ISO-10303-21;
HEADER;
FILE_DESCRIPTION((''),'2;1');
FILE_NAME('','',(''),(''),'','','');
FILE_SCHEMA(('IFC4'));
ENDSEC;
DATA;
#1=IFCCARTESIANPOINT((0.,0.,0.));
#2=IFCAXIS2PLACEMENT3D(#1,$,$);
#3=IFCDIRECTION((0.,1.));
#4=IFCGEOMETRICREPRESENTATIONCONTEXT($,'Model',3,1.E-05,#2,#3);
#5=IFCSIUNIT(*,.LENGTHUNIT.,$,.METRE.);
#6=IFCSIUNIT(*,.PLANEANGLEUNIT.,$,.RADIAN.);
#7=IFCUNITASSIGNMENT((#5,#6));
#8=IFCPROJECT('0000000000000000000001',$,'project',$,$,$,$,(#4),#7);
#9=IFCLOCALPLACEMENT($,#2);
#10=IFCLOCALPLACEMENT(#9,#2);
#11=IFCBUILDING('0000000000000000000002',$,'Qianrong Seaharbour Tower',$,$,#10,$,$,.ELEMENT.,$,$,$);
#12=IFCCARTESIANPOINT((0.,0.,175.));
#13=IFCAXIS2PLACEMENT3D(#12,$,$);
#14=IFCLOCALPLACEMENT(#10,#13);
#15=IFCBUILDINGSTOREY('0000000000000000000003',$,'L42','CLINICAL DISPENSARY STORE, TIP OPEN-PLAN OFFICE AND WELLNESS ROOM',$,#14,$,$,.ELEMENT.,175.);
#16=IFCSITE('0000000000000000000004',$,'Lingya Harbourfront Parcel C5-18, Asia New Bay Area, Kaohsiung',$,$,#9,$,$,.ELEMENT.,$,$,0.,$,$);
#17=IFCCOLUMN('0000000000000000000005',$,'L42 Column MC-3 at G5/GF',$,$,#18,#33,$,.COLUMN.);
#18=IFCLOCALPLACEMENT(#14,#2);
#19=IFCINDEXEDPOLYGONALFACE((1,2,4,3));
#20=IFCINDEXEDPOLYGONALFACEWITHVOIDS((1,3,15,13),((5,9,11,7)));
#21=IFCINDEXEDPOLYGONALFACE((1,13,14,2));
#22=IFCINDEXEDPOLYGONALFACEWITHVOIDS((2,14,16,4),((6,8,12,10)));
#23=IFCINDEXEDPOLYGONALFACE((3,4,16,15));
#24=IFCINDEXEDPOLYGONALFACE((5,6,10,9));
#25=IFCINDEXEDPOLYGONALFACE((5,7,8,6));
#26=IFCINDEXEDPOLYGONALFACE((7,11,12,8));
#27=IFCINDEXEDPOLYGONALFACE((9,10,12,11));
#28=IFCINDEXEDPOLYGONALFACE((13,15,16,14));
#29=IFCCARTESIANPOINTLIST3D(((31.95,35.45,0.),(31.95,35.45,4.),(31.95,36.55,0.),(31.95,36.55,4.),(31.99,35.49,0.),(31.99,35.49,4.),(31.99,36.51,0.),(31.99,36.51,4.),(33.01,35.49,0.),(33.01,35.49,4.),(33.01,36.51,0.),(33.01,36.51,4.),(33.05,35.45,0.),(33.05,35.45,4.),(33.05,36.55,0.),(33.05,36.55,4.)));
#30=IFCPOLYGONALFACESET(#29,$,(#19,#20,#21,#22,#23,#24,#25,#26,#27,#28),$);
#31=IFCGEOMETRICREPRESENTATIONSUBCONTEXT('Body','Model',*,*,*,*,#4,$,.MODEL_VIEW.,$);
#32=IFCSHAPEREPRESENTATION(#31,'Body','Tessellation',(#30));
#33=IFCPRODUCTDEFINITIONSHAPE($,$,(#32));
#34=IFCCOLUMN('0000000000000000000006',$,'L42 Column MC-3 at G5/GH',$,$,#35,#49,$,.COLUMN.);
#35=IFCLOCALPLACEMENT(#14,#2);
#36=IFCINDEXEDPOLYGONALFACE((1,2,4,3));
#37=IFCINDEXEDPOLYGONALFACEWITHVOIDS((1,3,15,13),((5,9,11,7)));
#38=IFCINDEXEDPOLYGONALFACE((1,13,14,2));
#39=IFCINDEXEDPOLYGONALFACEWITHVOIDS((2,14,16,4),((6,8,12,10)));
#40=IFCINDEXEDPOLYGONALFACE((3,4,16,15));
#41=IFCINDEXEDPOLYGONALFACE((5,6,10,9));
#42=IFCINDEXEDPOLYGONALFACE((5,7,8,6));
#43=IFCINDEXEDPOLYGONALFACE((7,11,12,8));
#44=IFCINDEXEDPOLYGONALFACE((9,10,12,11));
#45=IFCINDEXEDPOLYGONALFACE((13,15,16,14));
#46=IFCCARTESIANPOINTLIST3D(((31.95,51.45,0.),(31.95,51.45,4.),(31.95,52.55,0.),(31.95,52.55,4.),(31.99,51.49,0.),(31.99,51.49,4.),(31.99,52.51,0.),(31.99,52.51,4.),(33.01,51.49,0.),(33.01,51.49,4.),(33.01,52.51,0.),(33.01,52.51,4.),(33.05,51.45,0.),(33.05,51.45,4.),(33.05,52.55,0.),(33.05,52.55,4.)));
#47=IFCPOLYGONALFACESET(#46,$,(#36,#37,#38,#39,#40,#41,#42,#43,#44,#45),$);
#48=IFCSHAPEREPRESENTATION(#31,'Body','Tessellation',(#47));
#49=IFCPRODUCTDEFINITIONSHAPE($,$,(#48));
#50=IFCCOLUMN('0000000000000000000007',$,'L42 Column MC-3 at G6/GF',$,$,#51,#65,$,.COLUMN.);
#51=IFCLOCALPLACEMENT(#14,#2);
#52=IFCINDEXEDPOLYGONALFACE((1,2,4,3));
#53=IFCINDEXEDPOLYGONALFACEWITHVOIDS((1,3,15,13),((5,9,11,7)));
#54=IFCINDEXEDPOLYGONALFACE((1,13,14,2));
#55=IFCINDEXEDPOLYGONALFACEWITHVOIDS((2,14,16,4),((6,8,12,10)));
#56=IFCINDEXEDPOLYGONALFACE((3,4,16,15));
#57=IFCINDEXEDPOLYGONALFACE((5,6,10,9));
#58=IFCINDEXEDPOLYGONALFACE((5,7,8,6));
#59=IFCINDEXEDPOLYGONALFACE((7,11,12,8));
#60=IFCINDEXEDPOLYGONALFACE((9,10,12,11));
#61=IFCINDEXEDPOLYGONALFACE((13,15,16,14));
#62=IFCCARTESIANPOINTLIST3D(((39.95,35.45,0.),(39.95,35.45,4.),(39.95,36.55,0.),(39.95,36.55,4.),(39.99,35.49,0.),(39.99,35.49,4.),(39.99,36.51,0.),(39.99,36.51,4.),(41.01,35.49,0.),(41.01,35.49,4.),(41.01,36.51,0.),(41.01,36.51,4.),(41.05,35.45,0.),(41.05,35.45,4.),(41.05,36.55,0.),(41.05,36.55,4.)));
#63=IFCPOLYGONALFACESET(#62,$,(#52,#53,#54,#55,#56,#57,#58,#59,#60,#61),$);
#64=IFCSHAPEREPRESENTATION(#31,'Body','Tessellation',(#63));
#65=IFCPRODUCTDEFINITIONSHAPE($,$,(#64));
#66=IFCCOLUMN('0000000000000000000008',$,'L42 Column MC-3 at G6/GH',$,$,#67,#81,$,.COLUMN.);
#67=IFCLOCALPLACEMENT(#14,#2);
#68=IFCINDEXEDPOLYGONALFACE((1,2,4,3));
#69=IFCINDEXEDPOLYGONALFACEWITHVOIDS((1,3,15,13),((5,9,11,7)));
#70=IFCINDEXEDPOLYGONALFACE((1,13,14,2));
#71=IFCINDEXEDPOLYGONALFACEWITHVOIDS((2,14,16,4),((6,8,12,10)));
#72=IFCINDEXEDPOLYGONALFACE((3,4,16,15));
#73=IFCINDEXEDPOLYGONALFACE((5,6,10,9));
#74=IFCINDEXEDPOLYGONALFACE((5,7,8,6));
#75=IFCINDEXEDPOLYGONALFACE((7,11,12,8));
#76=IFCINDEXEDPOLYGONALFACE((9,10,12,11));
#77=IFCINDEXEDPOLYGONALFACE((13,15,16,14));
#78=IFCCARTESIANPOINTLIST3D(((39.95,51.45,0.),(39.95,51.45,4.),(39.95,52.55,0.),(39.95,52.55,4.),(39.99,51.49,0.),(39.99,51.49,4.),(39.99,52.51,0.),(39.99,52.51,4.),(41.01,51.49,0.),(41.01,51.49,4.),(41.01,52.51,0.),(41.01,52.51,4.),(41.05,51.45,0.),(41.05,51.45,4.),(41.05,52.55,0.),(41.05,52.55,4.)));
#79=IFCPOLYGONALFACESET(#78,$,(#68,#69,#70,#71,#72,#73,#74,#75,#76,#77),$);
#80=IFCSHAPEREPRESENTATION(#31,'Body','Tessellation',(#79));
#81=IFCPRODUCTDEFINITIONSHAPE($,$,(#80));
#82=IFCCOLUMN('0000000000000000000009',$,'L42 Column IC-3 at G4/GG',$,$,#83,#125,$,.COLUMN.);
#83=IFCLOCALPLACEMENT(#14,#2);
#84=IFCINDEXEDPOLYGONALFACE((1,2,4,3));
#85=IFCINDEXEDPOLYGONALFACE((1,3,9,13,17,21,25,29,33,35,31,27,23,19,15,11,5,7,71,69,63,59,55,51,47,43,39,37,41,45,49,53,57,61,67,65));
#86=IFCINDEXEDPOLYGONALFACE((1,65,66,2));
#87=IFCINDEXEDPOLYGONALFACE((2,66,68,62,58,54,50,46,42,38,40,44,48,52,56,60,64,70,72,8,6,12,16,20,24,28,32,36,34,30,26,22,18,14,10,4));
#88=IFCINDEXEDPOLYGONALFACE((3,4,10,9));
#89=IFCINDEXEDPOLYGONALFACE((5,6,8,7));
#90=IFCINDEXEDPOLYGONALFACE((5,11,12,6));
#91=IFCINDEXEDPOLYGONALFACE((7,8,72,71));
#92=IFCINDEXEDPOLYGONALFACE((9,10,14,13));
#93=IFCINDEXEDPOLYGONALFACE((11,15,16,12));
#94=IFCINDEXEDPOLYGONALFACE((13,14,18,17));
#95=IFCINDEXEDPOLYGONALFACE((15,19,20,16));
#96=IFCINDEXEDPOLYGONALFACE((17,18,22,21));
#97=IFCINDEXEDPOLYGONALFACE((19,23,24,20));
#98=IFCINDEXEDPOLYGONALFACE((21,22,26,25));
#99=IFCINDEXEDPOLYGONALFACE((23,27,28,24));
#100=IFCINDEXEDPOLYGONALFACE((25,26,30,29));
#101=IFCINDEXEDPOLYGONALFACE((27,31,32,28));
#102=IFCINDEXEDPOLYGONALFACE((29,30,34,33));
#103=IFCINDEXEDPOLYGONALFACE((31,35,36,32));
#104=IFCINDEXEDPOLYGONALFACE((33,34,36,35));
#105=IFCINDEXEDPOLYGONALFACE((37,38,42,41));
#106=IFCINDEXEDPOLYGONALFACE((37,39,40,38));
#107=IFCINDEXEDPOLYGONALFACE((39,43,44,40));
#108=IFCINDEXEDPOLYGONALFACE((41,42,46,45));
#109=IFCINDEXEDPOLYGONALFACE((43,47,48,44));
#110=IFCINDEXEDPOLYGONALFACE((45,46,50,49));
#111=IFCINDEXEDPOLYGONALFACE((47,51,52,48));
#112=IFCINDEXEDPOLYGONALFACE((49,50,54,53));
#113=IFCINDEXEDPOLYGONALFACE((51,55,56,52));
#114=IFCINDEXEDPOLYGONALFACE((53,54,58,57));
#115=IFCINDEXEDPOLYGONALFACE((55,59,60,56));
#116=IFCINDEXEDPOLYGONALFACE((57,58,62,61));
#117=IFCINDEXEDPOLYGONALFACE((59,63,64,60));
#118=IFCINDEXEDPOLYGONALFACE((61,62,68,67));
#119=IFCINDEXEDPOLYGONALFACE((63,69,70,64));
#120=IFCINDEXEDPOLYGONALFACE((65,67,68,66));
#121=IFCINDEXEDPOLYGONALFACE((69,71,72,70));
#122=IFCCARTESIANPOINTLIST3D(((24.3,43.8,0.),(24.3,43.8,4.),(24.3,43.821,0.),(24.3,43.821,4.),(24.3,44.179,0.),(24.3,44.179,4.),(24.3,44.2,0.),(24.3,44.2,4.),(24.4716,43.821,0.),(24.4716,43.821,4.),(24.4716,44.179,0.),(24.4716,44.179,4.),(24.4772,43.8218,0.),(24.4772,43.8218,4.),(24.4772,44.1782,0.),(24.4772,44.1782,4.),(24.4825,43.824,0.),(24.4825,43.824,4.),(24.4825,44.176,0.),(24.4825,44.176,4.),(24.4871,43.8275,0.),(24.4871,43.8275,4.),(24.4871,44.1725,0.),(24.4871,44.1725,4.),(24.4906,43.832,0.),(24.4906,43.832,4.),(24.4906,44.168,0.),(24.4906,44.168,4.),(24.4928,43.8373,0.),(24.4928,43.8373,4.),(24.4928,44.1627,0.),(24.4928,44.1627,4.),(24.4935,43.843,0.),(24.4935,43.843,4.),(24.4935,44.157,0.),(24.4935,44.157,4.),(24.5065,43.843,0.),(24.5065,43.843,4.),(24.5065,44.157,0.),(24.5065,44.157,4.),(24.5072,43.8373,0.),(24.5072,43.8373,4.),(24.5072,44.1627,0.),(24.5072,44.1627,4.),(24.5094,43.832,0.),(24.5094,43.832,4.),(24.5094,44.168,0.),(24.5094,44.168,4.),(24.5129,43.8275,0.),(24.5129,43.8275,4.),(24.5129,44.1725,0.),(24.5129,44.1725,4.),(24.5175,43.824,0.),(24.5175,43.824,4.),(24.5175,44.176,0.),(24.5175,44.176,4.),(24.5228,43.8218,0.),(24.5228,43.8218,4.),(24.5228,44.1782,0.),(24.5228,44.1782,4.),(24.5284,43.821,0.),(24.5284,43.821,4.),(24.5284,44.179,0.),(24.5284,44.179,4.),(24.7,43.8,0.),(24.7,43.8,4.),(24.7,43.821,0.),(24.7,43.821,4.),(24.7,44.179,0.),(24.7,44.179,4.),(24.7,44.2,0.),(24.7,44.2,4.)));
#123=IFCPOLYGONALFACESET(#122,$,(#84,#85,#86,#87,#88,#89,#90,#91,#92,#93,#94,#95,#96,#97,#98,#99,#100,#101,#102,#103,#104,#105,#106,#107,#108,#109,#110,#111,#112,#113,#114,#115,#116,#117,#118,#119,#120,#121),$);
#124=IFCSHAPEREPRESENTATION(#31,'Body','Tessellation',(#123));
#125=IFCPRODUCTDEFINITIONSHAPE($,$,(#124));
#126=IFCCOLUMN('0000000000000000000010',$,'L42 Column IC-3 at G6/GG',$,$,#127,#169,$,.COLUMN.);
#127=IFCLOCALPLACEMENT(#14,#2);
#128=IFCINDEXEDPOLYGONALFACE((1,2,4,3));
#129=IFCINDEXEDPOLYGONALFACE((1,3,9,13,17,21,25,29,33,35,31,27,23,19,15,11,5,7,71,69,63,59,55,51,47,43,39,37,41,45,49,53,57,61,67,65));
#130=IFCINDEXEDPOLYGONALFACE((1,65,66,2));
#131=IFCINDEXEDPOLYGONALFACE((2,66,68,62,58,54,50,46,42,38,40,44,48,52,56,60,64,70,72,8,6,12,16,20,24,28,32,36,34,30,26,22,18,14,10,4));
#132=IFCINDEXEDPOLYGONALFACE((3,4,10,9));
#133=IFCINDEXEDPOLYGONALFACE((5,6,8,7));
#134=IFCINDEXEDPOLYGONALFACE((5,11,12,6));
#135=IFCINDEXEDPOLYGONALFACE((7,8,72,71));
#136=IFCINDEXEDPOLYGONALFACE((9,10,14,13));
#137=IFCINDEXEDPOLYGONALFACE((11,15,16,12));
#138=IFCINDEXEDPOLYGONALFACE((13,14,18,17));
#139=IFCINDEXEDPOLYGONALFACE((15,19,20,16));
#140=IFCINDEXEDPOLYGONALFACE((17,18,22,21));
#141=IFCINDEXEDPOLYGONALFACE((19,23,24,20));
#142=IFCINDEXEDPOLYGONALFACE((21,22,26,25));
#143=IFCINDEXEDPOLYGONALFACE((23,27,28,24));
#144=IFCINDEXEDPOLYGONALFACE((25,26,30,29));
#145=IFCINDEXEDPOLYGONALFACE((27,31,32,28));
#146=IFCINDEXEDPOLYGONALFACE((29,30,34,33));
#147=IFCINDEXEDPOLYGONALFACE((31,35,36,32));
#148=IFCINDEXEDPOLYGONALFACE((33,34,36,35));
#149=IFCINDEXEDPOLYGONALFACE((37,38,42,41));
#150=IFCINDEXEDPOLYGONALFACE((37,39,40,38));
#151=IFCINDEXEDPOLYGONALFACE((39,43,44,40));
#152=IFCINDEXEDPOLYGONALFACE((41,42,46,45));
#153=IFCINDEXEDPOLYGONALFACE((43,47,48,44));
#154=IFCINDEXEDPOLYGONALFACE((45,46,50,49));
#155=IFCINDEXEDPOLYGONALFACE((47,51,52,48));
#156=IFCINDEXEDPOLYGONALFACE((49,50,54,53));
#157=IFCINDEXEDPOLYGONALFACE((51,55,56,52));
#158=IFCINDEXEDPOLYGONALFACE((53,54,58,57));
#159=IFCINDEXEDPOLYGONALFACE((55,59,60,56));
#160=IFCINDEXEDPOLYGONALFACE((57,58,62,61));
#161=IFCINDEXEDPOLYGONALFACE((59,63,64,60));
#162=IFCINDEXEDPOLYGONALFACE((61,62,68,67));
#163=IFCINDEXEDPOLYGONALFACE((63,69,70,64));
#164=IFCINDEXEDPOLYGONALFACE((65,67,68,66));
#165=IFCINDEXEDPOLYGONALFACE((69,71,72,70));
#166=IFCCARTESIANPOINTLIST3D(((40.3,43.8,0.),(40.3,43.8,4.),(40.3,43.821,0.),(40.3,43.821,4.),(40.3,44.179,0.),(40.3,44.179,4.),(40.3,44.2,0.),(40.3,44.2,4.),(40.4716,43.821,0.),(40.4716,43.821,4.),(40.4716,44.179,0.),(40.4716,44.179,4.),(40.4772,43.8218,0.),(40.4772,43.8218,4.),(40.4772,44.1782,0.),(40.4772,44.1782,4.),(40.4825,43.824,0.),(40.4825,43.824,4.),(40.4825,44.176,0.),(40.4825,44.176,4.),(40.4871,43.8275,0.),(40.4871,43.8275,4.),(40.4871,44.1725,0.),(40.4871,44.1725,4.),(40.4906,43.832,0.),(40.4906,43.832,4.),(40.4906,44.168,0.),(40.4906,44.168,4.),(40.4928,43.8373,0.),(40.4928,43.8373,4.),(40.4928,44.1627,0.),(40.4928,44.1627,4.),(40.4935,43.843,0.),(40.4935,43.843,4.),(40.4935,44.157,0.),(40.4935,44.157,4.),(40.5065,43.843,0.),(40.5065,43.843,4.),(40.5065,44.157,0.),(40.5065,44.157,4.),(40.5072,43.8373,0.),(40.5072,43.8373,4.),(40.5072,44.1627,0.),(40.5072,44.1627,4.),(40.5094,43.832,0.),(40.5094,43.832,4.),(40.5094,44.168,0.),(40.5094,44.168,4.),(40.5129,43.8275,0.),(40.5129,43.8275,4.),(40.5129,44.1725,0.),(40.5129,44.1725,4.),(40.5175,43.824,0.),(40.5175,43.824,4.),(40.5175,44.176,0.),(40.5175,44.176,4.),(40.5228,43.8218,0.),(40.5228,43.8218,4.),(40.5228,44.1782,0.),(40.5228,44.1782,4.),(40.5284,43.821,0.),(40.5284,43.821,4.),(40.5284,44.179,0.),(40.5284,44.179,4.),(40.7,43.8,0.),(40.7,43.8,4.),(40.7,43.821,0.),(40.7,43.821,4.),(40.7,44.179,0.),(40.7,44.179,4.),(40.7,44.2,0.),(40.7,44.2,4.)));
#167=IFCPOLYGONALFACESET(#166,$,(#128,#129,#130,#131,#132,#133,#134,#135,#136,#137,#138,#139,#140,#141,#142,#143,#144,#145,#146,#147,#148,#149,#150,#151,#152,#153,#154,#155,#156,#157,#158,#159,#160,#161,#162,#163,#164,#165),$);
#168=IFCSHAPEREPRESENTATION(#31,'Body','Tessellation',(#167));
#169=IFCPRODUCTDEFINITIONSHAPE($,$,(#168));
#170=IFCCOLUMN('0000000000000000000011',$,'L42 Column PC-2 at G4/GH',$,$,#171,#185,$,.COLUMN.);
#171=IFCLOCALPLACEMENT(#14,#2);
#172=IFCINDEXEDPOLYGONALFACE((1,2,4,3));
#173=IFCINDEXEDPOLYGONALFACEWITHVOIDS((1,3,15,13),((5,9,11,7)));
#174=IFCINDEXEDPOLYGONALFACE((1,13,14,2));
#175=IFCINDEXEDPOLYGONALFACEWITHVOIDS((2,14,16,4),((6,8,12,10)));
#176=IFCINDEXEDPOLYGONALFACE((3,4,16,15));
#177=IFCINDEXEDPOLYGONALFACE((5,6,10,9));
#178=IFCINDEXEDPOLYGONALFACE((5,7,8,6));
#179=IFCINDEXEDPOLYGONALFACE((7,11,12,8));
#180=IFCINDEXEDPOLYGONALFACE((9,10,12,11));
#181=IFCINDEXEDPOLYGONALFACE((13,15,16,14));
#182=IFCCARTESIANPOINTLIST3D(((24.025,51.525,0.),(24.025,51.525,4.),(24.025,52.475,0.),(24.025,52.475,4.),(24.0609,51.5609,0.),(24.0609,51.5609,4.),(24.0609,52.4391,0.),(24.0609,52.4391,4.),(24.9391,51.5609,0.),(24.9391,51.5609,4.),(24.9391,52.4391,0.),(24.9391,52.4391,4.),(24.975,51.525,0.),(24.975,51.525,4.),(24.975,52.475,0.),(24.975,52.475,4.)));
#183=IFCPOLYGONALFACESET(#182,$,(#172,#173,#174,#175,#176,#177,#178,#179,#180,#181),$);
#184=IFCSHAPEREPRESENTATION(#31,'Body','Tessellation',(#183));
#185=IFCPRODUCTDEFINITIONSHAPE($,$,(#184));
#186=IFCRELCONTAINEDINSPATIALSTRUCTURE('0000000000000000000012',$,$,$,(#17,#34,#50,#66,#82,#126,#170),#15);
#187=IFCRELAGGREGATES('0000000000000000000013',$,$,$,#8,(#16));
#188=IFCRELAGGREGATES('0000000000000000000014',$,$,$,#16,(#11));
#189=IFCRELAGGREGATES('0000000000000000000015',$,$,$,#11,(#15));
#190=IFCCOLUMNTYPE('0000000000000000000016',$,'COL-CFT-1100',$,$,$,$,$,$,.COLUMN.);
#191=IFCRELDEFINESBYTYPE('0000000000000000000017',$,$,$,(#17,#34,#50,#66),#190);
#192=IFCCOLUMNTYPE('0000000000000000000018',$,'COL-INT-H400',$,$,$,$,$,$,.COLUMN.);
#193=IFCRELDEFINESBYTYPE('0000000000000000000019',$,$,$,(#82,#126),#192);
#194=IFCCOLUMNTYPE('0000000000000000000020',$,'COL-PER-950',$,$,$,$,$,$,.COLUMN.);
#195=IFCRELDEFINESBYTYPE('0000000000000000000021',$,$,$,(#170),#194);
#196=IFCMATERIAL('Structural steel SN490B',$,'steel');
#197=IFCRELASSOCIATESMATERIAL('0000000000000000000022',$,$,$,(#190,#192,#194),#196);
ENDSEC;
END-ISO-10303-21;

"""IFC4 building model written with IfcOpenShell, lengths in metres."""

from ifc_helpers import new_model, si_unit, direction, frame, origin, origin_2d, place, context, subcontext, project, spatial, hollow_rectangle, i_section, extrude, material, material_profile, profile_set, type_object, element, save


model = new_model("IFC4")

# Units and contexts
model_context = context("Model", 3, precision=1e-05, world=origin(), true_north=direction((0.0, 1.0)))
body_context = subcontext(model_context, "Body", "Model", "MODEL_VIEW")
ifc_project = project(units=[si_unit("LENGTHUNIT", "METRE"), si_unit("PLANEANGLEUNIT", "RADIAN")], contexts=[model_context])

# Site, building, storey
site_placement = place(None, origin())
site = spatial("IfcSite", under=ifc_project, at=site_placement, Name="Lingya Harbourfront Parcel C5-18, Asia New Bay Area, Kaohsiung", CompositionType="ELEMENT", RefElevation=0.0)
building_placement = place(site_placement, origin())
building = spatial("IfcBuilding", under=site, at=building_placement, Name="Qianrong Seaharbour Tower", CompositionType="ELEMENT")
storey_placement = place(building_placement, frame((0.0, 0.0, 175.0)))
storey = spatial("IfcBuildingStorey", under=building, at=storey_placement, Name="L42", Description="CLINICAL DISPENSARY STORE, TIP OPEN-PLAN OFFICE AND WELLNESS ROOM", CompositionType="ELEMENT", Elevation=175.0)

# Columns
ifc_material_1 = material(Name="Structural steel SN490B", Category="steel")
ifc_material_profile_1 = material_profile(ifc_material_1, hollow_rectangle(XDim=1.1001, YDim=1.1001, WallThickness=0.04, at=origin_2d()), Name="BOX1100x1100x40")
ifc_profile_set_1 = profile_set([ifc_material_profile_1], Name="Structural steel SN490B")
column_type_1 = type_object("IfcColumnType", Name="COL-CFT-1100", PredefinedType="COLUMN", material=ifc_profile_set_1)
for number, where, z_axis, x_axis, name in (
    (1, (32.5, 36.0, 0.0), (0.0, 0.0, 1.0), (1.0, 0.0, 0.0), "L42 Column MC-3 at G5/GF"),
    (2, (32.5, 52.0, 0.0), (0.0, 0.0, 1.0), (1.0, 0.0, 0.0), "L42 Column MC-3 at G5/GH"),
    (3, (40.5, 36.0, 0.0), (0.0, 0.0, 1.0), (1.0, 0.0, 0.0), "L42 Column MC-3 at G6/GF"),
    (4, (40.5, 52.0, 0.0), (0.0, 0.0, 1.0), (1.0, 0.0, 0.0), "L42 Column MC-3 at G6/GH"),
):
    element("IfcColumn", number, at=place(storey_placement, frame(where, z_axis=z_axis, x_axis=x_axis)), inside=storey, type_object=column_type_1, Name=name, PredefinedType="COLUMN", context=body_context, shape_type="SweptSolid", body=[
        extrude(hollow_rectangle(XDim=1.1001, YDim=1.1001, WallThickness=0.04, at=origin_2d()), origin(), (0.0, 0.0, 1.0), 4.0),
    ])
ifc_material_profile_2 = material_profile(ifc_material_1, i_section(OverallWidth=0.3999, OverallDepth=0.3999, WebThickness=0.0129, FlangeThickness=0.021, FilletRadius=0.022, at=origin_2d()), Name="H400x400x13x21")
ifc_profile_set_2 = profile_set([ifc_material_profile_2], Name="Structural steel SN490B")
column_type_2 = type_object("IfcColumnType", Name="COL-INT-H400", PredefinedType="COLUMN", material=ifc_profile_set_2)
for number, where, z_axis, x_axis, name in (
    (5, (24.5, 44.0, 0.0), (0.0, 0.0, 1.0), (1.0, 0.0, 0.0), "L42 Column IC-3 at G4/GG"),
    (6, (40.5, 44.0, 0.0), (0.0, 0.0, 1.0), (1.0, 0.0, 0.0), "L42 Column IC-3 at G6/GG"),
):
    element("IfcColumn", number, at=place(storey_placement, frame(where, z_axis=z_axis, x_axis=x_axis)), inside=storey, type_object=column_type_2, Name=name, PredefinedType="COLUMN", context=body_context, shape_type="SweptSolid", body=[
        extrude(i_section(OverallWidth=0.3999, OverallDepth=0.3999, WebThickness=0.0129, FlangeThickness=0.021, FilletRadius=0.022, at=origin_2d()), origin(), (0.0, 0.0, 1.0), 4.0),
    ])
ifc_material_profile_3 = material_profile(ifc_material_1, hollow_rectangle(XDim=0.95, YDim=0.95, WallThickness=0.0359, at=origin_2d()), Name="BOX950x950x36")
ifc_profile_set_3 = profile_set([ifc_material_profile_3], Name="Structural steel SN490B")
column_type_3 = type_object("IfcColumnType", Name="COL-PER-950", PredefinedType="COLUMN", material=ifc_profile_set_3)
column_placement = place(storey_placement, frame((24.5, 52.0, 0.0), z_axis=(0.0, 0.0, 1.0), x_axis=(1.0, 0.0, 0.0)))
element("IfcColumn", 7, at=column_placement, inside=storey, type_object=column_type_3, Name="L42 Column PC-2 at G4/GH", PredefinedType="COLUMN", context=body_context, shape_type="SweptSolid", body=[
    extrude(hollow_rectangle(XDim=0.95, YDim=0.95, WallThickness=0.0359, at=origin_2d()), origin(), (0.0, 0.0, 1.0), 4.0),
])

save(model, "model.ifc")
